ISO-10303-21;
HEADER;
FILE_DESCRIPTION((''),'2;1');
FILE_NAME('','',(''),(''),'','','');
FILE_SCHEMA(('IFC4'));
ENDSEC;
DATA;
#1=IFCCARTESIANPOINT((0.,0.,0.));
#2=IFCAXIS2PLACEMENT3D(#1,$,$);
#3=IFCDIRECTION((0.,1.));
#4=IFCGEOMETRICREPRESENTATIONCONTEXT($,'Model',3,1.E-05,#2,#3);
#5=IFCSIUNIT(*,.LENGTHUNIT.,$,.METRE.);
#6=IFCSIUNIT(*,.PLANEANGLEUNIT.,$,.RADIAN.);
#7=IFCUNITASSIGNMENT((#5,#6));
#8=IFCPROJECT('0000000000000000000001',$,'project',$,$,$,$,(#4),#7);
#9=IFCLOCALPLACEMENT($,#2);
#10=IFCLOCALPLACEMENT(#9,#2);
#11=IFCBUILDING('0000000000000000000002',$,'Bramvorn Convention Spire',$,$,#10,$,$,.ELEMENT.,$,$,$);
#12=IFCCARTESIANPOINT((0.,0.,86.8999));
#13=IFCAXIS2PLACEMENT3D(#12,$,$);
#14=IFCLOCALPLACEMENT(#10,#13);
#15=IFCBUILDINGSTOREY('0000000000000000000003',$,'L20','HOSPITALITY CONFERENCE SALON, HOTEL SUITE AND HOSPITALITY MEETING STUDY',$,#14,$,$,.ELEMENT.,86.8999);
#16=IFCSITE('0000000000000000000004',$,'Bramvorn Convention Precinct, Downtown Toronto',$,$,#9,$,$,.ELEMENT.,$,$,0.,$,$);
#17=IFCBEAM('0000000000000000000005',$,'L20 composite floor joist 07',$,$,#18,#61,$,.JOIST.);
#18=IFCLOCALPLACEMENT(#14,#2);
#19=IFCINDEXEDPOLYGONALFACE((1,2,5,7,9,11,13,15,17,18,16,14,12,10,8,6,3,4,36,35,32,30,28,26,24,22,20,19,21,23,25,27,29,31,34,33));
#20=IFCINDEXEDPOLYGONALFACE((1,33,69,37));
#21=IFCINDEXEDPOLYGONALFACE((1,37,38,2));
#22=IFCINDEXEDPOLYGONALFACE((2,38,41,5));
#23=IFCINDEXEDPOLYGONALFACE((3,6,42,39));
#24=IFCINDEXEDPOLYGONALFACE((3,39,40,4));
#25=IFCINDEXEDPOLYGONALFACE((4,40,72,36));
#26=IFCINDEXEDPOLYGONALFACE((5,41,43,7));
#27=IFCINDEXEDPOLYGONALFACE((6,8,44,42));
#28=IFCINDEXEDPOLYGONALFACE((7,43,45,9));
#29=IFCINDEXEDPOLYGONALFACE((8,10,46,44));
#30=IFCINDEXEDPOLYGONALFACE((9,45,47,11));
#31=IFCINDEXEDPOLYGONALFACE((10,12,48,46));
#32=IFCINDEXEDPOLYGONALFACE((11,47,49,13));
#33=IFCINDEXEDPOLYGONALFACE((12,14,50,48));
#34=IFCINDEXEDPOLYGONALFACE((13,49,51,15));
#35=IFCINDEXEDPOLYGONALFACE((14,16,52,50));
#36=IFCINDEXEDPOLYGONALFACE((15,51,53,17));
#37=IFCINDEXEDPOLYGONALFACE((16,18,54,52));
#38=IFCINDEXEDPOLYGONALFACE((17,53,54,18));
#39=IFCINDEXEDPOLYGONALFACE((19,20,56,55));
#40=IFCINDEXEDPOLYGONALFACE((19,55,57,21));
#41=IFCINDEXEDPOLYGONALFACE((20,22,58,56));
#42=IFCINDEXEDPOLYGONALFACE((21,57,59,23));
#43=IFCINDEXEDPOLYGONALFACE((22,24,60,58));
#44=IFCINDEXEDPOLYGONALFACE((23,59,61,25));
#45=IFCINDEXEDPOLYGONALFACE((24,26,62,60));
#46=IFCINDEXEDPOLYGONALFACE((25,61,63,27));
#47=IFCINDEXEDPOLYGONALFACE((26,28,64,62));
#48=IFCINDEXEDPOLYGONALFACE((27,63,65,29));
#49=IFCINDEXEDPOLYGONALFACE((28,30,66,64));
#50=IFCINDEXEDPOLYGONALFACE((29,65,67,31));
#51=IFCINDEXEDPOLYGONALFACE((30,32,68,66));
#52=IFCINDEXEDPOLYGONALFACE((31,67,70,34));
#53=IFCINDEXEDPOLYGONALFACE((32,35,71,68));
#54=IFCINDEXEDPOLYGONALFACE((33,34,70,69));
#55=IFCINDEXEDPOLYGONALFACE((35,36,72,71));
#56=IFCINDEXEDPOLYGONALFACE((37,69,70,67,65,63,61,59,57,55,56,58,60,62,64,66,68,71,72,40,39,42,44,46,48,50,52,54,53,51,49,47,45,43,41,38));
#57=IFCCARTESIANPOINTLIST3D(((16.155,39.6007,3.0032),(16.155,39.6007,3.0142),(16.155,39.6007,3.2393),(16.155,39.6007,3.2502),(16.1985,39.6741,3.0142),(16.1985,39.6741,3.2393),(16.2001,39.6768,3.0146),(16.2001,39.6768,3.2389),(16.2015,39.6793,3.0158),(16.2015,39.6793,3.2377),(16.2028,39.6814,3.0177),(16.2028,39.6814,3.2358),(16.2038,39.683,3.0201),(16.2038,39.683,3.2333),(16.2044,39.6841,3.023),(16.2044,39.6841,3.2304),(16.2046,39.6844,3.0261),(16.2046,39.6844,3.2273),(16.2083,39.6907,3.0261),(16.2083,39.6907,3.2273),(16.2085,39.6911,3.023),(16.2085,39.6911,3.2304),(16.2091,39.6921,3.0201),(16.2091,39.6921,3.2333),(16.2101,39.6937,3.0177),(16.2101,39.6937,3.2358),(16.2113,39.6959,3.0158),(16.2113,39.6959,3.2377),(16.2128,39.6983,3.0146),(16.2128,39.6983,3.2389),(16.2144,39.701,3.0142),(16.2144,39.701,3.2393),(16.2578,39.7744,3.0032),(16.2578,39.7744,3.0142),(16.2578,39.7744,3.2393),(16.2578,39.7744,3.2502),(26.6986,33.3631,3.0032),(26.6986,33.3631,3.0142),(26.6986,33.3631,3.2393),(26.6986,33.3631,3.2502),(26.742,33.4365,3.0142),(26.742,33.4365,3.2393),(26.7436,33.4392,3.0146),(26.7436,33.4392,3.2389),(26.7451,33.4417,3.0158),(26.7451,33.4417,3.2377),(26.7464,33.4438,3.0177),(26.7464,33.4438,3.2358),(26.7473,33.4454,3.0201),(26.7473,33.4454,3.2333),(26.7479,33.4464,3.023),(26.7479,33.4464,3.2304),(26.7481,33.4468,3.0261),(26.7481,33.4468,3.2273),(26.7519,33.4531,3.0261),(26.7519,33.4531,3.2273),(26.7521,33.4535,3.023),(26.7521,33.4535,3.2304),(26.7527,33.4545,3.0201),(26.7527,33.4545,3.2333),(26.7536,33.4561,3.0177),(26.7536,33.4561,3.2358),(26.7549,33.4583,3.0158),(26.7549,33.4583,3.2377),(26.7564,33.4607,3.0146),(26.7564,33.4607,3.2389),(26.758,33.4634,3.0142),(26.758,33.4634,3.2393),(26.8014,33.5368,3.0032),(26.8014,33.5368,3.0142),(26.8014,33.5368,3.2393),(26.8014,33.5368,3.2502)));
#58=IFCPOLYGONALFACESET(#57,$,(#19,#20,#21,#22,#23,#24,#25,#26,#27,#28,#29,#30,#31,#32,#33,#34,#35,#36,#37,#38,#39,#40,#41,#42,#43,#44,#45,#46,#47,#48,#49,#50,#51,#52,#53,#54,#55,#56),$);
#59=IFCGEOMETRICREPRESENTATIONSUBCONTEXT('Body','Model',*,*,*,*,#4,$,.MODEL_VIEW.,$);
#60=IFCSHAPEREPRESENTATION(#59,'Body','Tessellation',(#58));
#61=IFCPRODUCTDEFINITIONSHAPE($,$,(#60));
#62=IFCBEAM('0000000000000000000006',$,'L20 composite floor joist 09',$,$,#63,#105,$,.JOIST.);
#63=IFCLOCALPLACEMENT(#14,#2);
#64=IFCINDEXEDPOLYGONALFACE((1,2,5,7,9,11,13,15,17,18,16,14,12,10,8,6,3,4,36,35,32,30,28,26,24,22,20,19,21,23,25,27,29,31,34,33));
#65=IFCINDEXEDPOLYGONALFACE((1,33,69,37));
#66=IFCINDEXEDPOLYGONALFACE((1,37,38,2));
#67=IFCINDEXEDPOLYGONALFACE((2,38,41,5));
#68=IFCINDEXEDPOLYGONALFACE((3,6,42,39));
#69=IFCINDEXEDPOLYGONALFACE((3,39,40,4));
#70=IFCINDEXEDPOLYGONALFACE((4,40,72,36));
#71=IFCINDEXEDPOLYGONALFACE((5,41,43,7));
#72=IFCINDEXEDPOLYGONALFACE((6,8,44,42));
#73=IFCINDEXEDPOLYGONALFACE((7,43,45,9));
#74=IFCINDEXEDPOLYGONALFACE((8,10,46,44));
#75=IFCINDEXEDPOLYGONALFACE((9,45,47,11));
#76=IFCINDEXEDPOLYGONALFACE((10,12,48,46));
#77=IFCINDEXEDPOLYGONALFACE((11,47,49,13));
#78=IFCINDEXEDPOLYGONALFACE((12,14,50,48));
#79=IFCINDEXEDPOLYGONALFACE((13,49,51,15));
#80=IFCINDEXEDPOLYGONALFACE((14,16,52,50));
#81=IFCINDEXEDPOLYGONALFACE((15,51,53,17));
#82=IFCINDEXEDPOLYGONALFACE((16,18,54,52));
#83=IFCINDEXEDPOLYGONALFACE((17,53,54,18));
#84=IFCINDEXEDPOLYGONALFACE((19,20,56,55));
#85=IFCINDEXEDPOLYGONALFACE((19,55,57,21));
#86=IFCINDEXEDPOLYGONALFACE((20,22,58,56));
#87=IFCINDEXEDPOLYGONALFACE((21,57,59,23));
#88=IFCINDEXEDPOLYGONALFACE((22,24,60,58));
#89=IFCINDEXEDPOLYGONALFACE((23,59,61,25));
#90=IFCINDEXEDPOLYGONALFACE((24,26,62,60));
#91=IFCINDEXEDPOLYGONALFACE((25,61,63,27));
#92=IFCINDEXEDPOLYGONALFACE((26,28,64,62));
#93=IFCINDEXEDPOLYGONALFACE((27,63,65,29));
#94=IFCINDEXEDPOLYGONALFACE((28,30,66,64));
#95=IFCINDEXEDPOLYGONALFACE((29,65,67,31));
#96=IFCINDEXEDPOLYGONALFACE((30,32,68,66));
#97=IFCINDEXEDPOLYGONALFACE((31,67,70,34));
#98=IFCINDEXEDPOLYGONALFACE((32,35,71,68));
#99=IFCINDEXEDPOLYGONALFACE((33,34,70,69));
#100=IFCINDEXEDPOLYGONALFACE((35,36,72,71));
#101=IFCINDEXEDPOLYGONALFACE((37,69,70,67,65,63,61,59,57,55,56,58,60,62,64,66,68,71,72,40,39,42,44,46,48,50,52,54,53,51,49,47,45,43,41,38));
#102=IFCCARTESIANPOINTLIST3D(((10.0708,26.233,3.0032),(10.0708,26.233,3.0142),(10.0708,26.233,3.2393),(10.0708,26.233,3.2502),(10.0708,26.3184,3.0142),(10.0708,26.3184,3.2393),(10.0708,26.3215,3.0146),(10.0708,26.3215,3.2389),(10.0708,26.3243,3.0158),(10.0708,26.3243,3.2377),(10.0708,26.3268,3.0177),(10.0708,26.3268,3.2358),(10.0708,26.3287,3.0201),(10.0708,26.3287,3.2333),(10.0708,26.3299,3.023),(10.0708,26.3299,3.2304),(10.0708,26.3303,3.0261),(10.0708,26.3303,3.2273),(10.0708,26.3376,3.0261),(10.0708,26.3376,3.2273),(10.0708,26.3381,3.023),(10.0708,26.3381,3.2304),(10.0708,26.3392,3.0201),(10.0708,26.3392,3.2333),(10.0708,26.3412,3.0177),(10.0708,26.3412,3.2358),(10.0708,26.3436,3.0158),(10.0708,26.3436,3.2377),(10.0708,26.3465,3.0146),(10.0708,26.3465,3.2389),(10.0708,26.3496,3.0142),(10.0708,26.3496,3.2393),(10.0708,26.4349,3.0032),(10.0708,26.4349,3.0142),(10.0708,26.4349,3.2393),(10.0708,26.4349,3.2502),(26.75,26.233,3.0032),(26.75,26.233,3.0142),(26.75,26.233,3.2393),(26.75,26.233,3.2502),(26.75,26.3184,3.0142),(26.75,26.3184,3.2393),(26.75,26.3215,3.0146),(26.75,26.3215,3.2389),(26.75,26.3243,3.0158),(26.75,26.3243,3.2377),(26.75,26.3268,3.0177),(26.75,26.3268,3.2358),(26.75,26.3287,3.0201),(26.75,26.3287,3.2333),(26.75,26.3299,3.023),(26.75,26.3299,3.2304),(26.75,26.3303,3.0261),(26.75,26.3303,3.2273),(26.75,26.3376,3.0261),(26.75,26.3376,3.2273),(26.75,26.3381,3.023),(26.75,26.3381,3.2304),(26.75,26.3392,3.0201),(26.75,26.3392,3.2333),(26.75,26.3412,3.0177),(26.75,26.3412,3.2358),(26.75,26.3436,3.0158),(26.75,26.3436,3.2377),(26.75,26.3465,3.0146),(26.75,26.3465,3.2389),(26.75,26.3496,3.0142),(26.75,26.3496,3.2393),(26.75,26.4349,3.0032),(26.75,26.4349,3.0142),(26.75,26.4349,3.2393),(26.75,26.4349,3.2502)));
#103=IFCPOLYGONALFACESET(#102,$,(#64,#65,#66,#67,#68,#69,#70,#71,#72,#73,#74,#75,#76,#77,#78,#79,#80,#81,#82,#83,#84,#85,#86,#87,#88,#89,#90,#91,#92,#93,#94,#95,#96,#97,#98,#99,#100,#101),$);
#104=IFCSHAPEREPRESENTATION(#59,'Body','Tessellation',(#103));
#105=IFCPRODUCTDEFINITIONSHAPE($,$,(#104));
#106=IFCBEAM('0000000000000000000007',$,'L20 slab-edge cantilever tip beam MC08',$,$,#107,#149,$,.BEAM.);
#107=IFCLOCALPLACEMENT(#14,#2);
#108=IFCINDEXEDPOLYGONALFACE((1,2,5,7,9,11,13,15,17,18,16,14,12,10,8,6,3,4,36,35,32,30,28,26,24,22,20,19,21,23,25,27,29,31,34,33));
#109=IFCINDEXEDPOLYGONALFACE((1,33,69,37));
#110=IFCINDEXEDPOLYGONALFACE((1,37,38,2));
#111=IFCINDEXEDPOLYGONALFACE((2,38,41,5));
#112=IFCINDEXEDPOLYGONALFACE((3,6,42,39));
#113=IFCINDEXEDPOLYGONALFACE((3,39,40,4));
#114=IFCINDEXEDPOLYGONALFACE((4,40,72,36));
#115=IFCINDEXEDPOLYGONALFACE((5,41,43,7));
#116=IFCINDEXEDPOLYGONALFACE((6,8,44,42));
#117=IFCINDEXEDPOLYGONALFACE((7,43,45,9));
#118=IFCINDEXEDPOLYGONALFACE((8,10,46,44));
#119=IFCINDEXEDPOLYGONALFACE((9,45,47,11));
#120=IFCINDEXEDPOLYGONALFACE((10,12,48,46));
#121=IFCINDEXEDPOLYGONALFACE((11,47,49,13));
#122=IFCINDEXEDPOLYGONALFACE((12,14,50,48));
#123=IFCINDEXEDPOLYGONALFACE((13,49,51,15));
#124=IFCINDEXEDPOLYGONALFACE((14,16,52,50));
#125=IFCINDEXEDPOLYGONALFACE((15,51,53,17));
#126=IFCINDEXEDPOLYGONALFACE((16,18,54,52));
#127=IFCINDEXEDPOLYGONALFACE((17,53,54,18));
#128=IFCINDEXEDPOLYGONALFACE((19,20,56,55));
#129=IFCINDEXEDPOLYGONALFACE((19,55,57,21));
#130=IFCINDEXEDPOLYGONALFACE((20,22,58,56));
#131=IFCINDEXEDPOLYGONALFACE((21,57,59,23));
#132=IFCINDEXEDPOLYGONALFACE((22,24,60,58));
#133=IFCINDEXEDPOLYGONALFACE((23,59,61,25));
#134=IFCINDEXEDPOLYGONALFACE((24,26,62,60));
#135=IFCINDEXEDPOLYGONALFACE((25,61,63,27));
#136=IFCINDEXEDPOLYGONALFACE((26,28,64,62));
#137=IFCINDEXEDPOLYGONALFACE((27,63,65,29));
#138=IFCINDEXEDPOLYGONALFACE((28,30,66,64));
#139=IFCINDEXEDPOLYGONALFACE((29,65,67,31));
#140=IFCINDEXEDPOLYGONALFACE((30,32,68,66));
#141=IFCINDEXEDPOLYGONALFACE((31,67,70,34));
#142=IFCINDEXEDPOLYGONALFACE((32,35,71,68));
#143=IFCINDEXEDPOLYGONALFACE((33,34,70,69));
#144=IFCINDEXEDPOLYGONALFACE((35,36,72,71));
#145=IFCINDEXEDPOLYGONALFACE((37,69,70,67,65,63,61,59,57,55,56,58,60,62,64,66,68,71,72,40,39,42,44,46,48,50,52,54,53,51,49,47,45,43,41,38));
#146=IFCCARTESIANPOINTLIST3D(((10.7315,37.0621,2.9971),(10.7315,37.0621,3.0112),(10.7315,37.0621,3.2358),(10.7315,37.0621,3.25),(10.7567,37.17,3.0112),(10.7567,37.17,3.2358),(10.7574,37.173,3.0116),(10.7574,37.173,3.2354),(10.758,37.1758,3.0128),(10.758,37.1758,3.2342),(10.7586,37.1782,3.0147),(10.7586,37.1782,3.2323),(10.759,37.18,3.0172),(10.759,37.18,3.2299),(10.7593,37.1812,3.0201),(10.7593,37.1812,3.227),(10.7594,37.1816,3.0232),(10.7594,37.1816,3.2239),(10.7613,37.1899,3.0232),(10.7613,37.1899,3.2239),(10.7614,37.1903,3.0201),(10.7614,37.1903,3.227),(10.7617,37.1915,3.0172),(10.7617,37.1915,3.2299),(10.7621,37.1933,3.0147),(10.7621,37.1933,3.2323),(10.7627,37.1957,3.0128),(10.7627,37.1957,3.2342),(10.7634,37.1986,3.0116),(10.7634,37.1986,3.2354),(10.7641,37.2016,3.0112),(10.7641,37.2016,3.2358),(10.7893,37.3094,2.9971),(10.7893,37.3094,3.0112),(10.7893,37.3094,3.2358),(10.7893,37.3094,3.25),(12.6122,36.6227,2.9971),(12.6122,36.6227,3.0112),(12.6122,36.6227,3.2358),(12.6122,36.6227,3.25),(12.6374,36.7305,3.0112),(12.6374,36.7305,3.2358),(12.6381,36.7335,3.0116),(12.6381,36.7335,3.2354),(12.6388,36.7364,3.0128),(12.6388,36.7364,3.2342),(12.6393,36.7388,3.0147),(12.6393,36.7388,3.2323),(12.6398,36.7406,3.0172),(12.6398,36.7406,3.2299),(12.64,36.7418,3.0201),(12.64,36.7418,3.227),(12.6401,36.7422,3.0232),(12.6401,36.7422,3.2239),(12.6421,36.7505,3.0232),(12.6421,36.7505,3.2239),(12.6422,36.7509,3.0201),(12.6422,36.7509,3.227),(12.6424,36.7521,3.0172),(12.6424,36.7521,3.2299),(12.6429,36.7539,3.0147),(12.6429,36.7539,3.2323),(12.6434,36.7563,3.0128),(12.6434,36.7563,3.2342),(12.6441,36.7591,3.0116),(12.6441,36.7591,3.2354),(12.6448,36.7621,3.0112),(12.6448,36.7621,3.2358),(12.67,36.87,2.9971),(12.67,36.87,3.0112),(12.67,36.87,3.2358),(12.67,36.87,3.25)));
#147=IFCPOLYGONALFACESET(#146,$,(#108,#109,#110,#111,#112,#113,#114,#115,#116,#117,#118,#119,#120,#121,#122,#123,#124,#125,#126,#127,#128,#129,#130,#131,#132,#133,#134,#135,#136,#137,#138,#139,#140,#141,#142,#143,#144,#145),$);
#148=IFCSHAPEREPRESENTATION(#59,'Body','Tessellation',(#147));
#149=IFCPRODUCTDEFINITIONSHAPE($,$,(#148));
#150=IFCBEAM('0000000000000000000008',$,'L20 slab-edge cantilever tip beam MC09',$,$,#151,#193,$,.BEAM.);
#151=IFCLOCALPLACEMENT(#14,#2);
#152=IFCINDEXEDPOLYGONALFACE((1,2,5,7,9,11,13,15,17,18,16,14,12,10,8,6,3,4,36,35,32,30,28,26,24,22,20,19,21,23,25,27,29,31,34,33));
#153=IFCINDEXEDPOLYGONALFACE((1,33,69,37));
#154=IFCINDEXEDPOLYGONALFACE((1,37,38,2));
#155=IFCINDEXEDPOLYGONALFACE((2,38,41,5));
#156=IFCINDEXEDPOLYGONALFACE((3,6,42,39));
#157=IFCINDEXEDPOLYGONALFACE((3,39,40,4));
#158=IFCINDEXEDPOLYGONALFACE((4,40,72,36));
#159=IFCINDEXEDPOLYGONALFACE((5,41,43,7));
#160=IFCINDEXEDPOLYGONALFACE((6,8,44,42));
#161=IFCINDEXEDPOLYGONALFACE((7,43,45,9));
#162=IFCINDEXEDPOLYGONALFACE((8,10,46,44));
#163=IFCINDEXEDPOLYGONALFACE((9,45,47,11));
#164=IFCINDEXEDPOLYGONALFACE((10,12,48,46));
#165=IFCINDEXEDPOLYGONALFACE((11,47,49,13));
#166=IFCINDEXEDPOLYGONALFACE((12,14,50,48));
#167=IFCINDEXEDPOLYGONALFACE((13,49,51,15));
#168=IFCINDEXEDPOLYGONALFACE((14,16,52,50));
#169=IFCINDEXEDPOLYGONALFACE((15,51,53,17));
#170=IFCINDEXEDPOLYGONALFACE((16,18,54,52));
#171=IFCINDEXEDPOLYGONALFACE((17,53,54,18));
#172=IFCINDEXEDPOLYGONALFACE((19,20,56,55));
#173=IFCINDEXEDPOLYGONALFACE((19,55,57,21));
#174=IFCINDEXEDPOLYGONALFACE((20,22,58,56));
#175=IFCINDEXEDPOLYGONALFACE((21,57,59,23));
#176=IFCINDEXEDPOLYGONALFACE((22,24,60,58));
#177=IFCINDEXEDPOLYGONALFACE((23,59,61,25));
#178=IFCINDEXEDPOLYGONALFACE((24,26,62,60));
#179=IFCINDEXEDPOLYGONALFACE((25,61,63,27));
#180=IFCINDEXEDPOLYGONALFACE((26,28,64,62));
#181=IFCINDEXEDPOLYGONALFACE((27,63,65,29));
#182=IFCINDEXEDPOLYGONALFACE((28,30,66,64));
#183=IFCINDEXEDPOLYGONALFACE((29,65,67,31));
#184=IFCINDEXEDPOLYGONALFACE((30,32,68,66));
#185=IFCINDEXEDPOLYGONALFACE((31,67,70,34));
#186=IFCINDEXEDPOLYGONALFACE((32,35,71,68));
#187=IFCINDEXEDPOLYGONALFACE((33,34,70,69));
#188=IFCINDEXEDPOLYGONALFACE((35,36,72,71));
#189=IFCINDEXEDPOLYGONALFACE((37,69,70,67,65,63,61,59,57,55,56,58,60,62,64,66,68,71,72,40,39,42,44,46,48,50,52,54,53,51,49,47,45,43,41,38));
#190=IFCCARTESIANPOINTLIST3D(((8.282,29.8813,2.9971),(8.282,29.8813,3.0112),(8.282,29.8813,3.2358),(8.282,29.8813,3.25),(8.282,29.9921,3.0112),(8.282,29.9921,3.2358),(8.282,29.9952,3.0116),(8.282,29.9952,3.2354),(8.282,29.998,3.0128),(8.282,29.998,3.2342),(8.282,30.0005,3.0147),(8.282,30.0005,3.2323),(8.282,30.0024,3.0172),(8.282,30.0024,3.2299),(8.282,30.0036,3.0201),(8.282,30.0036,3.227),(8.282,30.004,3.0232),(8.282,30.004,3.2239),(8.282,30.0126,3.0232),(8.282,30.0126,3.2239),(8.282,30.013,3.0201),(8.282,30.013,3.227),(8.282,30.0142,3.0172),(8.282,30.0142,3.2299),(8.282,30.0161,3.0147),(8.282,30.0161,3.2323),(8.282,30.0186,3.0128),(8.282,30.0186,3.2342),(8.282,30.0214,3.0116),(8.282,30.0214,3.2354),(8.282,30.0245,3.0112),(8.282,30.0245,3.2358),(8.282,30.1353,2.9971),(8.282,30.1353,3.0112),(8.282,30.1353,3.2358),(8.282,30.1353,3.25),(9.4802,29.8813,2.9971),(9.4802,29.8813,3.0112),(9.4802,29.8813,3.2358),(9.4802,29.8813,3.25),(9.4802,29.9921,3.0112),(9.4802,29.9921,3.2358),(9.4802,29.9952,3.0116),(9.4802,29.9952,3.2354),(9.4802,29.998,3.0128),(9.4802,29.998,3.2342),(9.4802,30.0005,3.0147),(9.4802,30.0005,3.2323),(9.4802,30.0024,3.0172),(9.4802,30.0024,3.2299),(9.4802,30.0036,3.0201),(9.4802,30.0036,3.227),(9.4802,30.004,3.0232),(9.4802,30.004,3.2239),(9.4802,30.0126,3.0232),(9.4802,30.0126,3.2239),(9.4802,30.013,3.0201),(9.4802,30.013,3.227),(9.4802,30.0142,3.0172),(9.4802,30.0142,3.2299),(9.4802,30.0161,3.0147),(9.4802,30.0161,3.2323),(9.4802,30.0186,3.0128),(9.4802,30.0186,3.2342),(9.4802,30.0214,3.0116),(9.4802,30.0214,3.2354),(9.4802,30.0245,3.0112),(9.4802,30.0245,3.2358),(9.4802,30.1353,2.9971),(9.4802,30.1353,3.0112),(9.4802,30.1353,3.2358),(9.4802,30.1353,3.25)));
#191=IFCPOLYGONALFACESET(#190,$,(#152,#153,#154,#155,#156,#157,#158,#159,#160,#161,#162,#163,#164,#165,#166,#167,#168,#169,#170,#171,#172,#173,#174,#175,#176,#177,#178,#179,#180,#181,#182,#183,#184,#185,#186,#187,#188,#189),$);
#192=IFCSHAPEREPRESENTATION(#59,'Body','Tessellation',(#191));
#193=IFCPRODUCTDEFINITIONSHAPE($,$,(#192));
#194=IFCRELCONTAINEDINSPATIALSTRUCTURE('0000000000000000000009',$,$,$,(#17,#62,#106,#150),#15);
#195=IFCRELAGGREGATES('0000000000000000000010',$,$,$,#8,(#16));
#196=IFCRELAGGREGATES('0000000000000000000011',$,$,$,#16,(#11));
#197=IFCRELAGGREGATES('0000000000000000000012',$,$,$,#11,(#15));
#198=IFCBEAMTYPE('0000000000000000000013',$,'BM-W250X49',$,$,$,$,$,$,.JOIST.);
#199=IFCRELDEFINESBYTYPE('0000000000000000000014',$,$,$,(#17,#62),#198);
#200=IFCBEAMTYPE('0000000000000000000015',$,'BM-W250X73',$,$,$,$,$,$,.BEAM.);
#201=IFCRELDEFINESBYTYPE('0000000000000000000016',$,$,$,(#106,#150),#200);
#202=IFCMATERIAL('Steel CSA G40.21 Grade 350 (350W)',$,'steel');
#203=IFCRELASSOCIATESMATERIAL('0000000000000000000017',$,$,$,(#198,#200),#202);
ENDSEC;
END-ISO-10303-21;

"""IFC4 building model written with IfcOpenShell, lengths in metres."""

from ifc_helpers import new_model, si_unit, direction, frame, origin, origin_2d, place, context, subcontext, project, spatial, i_section, extrude, material, material_profile, profile_set, type_object, element, save


model = new_model("IFC4")

# Units and contexts
model_context = context("Model", 3, precision=1e-05, world=origin(), true_north=direction((0.0, 1.0)))
body_context = subcontext(model_context, "Body", "Model", "MODEL_VIEW")
ifc_project = project(units=[si_unit("LENGTHUNIT", "METRE"), si_unit("PLANEANGLEUNIT", "RADIAN")], contexts=[model_context])

# Site, building, storey
site_placement = place(None, origin())
site = spatial("IfcSite", under=ifc_project, at=site_placement, Name="Bramvorn Convention Precinct, Downtown Toronto", CompositionType="ELEMENT", RefElevation=0.0)
building_placement = place(site_placement, origin())
building = spatial("IfcBuilding", under=site, at=building_placement, Name="Bramvorn Convention Spire", CompositionType="ELEMENT")
storey_placement = place(building_placement, frame((0.0, 0.0, 86.8999)))
storey = spatial("IfcBuildingStorey", under=building, at=storey_placement, Name="L20", Description="HOSPITALITY CONFERENCE SALON, HOTEL SUITE AND HOSPITALITY MEETING STUDY", CompositionType="ELEMENT", Elevation=86.8999)

# Shared definitions
ifc_material_1 = material(Name="Steel CSA G40.21 Grade 350 (350W)", Category="steel")

# Beams
ifc_material_profile_1 = material_profile(ifc_material_1, i_section(OverallWidth=0.2019, OverallDepth=0.2471, WebThickness=0.0073, FlangeThickness=0.011, FilletRadius=0.012, at=origin_2d()))
ifc_profile_set_1 = profile_set([ifc_material_profile_1], Name="Steel CSA G40.21 Grade 350 (350W) - W250X49")
beam_type_1 = type_object("IfcBeamType", Name="BM-W250X49", PredefinedType="JOIST", material=ifc_profile_set_1)
beam_1_placement = place(storey_placement, frame((26.75, 33.45, 3.1267), z_axis=(-0.860665, 0.509172, 0.0), x_axis=(-0.509172, -0.860665, 0.0)))
element("IfcBeam", 1, at=beam_1_placement, inside=storey, type_object=beam_type_1, Name="L20 composite floor joist 07", PredefinedType="JOIST", context=body_context, shape_type="SweptSolid", body=[
    extrude(i_section(OverallWidth=0.2019, OverallDepth=0.2471, WebThickness=0.0073, FlangeThickness=0.011, FilletRadius=0.012, at=origin_2d()), origin(), (0.0, 0.0, 1.0), 12.2505),
])
beam_2_placement = place(storey_placement, frame((26.75, 26.334, 3.1267), z_axis=(-1.0, 0.0, 0.0), x_axis=(0.0, -1.0, 0.0)))
element("IfcBeam", 2, at=beam_2_placement, inside=storey, type_object=beam_type_1, Name="L20 composite floor joist 09", PredefinedType="JOIST", context=body_context, shape_type="SweptSolid", body=[
    extrude(i_section(OverallWidth=0.2019, OverallDepth=0.2471, WebThickness=0.0073, FlangeThickness=0.011, FilletRadius=0.012, at=origin_2d()), origin(), (0.0, 0.0, 1.0), 16.6792),
])
ifc_material_profile_2 = material_profile(ifc_material_1, i_section(OverallWidth=0.2539, OverallDepth=0.2529, WebThickness=0.0085, FlangeThickness=0.0142, FilletRadius=0.012, at=origin_2d()))
ifc_profile_set_2 = profile_set([ifc_material_profile_2], Name="Steel CSA G40.21 Grade 350 (350W) - W250X73")
beam_type_2 = type_object("IfcBeamType", Name="BM-W250X73", PredefinedType="BEAM", material=ifc_profile_set_2)
beam_3_placement = place(storey_placement, frame((12.6411, 36.7463, 3.1235), z_axis=(-0.973774, 0.227517, 0.0), x_axis=(-0.227517, -0.973774, 0.0)))
element("IfcBeam", 3, at=beam_3_placement, inside=storey, type_object=beam_type_2, Name="L20 slab-edge cantilever tip beam MC08", PredefinedType="BEAM", context=body_context, shape_type="SweptSolid", body=[
    extrude(i_section(OverallWidth=0.2539, OverallDepth=0.2529, WebThickness=0.0085, FlangeThickness=0.0142, FilletRadius=0.012, at=origin_2d()), origin(), (0.0, 0.0, 1.0), 1.9314),
])
beam_4_placement = place(storey_placement, frame((9.4802, 30.0083, 3.1235), z_axis=(-1.0, 0.0, 0.0), x_axis=(0.0, -1.0, 0.0)))
element("IfcBeam", 4, at=beam_4_placement, inside=storey, type_object=beam_type_2, Name="L20 slab-edge cantilever tip beam MC09", PredefinedType="BEAM", context=body_context, shape_type="SweptSolid", body=[
    extrude(i_section(OverallWidth=0.2539, OverallDepth=0.2529, WebThickness=0.0085, FlangeThickness=0.0142, FilletRadius=0.012, at=origin_2d()), origin(), (0.0, 0.0, 1.0), 1.1982),
])

save(model, "model.ifc")
